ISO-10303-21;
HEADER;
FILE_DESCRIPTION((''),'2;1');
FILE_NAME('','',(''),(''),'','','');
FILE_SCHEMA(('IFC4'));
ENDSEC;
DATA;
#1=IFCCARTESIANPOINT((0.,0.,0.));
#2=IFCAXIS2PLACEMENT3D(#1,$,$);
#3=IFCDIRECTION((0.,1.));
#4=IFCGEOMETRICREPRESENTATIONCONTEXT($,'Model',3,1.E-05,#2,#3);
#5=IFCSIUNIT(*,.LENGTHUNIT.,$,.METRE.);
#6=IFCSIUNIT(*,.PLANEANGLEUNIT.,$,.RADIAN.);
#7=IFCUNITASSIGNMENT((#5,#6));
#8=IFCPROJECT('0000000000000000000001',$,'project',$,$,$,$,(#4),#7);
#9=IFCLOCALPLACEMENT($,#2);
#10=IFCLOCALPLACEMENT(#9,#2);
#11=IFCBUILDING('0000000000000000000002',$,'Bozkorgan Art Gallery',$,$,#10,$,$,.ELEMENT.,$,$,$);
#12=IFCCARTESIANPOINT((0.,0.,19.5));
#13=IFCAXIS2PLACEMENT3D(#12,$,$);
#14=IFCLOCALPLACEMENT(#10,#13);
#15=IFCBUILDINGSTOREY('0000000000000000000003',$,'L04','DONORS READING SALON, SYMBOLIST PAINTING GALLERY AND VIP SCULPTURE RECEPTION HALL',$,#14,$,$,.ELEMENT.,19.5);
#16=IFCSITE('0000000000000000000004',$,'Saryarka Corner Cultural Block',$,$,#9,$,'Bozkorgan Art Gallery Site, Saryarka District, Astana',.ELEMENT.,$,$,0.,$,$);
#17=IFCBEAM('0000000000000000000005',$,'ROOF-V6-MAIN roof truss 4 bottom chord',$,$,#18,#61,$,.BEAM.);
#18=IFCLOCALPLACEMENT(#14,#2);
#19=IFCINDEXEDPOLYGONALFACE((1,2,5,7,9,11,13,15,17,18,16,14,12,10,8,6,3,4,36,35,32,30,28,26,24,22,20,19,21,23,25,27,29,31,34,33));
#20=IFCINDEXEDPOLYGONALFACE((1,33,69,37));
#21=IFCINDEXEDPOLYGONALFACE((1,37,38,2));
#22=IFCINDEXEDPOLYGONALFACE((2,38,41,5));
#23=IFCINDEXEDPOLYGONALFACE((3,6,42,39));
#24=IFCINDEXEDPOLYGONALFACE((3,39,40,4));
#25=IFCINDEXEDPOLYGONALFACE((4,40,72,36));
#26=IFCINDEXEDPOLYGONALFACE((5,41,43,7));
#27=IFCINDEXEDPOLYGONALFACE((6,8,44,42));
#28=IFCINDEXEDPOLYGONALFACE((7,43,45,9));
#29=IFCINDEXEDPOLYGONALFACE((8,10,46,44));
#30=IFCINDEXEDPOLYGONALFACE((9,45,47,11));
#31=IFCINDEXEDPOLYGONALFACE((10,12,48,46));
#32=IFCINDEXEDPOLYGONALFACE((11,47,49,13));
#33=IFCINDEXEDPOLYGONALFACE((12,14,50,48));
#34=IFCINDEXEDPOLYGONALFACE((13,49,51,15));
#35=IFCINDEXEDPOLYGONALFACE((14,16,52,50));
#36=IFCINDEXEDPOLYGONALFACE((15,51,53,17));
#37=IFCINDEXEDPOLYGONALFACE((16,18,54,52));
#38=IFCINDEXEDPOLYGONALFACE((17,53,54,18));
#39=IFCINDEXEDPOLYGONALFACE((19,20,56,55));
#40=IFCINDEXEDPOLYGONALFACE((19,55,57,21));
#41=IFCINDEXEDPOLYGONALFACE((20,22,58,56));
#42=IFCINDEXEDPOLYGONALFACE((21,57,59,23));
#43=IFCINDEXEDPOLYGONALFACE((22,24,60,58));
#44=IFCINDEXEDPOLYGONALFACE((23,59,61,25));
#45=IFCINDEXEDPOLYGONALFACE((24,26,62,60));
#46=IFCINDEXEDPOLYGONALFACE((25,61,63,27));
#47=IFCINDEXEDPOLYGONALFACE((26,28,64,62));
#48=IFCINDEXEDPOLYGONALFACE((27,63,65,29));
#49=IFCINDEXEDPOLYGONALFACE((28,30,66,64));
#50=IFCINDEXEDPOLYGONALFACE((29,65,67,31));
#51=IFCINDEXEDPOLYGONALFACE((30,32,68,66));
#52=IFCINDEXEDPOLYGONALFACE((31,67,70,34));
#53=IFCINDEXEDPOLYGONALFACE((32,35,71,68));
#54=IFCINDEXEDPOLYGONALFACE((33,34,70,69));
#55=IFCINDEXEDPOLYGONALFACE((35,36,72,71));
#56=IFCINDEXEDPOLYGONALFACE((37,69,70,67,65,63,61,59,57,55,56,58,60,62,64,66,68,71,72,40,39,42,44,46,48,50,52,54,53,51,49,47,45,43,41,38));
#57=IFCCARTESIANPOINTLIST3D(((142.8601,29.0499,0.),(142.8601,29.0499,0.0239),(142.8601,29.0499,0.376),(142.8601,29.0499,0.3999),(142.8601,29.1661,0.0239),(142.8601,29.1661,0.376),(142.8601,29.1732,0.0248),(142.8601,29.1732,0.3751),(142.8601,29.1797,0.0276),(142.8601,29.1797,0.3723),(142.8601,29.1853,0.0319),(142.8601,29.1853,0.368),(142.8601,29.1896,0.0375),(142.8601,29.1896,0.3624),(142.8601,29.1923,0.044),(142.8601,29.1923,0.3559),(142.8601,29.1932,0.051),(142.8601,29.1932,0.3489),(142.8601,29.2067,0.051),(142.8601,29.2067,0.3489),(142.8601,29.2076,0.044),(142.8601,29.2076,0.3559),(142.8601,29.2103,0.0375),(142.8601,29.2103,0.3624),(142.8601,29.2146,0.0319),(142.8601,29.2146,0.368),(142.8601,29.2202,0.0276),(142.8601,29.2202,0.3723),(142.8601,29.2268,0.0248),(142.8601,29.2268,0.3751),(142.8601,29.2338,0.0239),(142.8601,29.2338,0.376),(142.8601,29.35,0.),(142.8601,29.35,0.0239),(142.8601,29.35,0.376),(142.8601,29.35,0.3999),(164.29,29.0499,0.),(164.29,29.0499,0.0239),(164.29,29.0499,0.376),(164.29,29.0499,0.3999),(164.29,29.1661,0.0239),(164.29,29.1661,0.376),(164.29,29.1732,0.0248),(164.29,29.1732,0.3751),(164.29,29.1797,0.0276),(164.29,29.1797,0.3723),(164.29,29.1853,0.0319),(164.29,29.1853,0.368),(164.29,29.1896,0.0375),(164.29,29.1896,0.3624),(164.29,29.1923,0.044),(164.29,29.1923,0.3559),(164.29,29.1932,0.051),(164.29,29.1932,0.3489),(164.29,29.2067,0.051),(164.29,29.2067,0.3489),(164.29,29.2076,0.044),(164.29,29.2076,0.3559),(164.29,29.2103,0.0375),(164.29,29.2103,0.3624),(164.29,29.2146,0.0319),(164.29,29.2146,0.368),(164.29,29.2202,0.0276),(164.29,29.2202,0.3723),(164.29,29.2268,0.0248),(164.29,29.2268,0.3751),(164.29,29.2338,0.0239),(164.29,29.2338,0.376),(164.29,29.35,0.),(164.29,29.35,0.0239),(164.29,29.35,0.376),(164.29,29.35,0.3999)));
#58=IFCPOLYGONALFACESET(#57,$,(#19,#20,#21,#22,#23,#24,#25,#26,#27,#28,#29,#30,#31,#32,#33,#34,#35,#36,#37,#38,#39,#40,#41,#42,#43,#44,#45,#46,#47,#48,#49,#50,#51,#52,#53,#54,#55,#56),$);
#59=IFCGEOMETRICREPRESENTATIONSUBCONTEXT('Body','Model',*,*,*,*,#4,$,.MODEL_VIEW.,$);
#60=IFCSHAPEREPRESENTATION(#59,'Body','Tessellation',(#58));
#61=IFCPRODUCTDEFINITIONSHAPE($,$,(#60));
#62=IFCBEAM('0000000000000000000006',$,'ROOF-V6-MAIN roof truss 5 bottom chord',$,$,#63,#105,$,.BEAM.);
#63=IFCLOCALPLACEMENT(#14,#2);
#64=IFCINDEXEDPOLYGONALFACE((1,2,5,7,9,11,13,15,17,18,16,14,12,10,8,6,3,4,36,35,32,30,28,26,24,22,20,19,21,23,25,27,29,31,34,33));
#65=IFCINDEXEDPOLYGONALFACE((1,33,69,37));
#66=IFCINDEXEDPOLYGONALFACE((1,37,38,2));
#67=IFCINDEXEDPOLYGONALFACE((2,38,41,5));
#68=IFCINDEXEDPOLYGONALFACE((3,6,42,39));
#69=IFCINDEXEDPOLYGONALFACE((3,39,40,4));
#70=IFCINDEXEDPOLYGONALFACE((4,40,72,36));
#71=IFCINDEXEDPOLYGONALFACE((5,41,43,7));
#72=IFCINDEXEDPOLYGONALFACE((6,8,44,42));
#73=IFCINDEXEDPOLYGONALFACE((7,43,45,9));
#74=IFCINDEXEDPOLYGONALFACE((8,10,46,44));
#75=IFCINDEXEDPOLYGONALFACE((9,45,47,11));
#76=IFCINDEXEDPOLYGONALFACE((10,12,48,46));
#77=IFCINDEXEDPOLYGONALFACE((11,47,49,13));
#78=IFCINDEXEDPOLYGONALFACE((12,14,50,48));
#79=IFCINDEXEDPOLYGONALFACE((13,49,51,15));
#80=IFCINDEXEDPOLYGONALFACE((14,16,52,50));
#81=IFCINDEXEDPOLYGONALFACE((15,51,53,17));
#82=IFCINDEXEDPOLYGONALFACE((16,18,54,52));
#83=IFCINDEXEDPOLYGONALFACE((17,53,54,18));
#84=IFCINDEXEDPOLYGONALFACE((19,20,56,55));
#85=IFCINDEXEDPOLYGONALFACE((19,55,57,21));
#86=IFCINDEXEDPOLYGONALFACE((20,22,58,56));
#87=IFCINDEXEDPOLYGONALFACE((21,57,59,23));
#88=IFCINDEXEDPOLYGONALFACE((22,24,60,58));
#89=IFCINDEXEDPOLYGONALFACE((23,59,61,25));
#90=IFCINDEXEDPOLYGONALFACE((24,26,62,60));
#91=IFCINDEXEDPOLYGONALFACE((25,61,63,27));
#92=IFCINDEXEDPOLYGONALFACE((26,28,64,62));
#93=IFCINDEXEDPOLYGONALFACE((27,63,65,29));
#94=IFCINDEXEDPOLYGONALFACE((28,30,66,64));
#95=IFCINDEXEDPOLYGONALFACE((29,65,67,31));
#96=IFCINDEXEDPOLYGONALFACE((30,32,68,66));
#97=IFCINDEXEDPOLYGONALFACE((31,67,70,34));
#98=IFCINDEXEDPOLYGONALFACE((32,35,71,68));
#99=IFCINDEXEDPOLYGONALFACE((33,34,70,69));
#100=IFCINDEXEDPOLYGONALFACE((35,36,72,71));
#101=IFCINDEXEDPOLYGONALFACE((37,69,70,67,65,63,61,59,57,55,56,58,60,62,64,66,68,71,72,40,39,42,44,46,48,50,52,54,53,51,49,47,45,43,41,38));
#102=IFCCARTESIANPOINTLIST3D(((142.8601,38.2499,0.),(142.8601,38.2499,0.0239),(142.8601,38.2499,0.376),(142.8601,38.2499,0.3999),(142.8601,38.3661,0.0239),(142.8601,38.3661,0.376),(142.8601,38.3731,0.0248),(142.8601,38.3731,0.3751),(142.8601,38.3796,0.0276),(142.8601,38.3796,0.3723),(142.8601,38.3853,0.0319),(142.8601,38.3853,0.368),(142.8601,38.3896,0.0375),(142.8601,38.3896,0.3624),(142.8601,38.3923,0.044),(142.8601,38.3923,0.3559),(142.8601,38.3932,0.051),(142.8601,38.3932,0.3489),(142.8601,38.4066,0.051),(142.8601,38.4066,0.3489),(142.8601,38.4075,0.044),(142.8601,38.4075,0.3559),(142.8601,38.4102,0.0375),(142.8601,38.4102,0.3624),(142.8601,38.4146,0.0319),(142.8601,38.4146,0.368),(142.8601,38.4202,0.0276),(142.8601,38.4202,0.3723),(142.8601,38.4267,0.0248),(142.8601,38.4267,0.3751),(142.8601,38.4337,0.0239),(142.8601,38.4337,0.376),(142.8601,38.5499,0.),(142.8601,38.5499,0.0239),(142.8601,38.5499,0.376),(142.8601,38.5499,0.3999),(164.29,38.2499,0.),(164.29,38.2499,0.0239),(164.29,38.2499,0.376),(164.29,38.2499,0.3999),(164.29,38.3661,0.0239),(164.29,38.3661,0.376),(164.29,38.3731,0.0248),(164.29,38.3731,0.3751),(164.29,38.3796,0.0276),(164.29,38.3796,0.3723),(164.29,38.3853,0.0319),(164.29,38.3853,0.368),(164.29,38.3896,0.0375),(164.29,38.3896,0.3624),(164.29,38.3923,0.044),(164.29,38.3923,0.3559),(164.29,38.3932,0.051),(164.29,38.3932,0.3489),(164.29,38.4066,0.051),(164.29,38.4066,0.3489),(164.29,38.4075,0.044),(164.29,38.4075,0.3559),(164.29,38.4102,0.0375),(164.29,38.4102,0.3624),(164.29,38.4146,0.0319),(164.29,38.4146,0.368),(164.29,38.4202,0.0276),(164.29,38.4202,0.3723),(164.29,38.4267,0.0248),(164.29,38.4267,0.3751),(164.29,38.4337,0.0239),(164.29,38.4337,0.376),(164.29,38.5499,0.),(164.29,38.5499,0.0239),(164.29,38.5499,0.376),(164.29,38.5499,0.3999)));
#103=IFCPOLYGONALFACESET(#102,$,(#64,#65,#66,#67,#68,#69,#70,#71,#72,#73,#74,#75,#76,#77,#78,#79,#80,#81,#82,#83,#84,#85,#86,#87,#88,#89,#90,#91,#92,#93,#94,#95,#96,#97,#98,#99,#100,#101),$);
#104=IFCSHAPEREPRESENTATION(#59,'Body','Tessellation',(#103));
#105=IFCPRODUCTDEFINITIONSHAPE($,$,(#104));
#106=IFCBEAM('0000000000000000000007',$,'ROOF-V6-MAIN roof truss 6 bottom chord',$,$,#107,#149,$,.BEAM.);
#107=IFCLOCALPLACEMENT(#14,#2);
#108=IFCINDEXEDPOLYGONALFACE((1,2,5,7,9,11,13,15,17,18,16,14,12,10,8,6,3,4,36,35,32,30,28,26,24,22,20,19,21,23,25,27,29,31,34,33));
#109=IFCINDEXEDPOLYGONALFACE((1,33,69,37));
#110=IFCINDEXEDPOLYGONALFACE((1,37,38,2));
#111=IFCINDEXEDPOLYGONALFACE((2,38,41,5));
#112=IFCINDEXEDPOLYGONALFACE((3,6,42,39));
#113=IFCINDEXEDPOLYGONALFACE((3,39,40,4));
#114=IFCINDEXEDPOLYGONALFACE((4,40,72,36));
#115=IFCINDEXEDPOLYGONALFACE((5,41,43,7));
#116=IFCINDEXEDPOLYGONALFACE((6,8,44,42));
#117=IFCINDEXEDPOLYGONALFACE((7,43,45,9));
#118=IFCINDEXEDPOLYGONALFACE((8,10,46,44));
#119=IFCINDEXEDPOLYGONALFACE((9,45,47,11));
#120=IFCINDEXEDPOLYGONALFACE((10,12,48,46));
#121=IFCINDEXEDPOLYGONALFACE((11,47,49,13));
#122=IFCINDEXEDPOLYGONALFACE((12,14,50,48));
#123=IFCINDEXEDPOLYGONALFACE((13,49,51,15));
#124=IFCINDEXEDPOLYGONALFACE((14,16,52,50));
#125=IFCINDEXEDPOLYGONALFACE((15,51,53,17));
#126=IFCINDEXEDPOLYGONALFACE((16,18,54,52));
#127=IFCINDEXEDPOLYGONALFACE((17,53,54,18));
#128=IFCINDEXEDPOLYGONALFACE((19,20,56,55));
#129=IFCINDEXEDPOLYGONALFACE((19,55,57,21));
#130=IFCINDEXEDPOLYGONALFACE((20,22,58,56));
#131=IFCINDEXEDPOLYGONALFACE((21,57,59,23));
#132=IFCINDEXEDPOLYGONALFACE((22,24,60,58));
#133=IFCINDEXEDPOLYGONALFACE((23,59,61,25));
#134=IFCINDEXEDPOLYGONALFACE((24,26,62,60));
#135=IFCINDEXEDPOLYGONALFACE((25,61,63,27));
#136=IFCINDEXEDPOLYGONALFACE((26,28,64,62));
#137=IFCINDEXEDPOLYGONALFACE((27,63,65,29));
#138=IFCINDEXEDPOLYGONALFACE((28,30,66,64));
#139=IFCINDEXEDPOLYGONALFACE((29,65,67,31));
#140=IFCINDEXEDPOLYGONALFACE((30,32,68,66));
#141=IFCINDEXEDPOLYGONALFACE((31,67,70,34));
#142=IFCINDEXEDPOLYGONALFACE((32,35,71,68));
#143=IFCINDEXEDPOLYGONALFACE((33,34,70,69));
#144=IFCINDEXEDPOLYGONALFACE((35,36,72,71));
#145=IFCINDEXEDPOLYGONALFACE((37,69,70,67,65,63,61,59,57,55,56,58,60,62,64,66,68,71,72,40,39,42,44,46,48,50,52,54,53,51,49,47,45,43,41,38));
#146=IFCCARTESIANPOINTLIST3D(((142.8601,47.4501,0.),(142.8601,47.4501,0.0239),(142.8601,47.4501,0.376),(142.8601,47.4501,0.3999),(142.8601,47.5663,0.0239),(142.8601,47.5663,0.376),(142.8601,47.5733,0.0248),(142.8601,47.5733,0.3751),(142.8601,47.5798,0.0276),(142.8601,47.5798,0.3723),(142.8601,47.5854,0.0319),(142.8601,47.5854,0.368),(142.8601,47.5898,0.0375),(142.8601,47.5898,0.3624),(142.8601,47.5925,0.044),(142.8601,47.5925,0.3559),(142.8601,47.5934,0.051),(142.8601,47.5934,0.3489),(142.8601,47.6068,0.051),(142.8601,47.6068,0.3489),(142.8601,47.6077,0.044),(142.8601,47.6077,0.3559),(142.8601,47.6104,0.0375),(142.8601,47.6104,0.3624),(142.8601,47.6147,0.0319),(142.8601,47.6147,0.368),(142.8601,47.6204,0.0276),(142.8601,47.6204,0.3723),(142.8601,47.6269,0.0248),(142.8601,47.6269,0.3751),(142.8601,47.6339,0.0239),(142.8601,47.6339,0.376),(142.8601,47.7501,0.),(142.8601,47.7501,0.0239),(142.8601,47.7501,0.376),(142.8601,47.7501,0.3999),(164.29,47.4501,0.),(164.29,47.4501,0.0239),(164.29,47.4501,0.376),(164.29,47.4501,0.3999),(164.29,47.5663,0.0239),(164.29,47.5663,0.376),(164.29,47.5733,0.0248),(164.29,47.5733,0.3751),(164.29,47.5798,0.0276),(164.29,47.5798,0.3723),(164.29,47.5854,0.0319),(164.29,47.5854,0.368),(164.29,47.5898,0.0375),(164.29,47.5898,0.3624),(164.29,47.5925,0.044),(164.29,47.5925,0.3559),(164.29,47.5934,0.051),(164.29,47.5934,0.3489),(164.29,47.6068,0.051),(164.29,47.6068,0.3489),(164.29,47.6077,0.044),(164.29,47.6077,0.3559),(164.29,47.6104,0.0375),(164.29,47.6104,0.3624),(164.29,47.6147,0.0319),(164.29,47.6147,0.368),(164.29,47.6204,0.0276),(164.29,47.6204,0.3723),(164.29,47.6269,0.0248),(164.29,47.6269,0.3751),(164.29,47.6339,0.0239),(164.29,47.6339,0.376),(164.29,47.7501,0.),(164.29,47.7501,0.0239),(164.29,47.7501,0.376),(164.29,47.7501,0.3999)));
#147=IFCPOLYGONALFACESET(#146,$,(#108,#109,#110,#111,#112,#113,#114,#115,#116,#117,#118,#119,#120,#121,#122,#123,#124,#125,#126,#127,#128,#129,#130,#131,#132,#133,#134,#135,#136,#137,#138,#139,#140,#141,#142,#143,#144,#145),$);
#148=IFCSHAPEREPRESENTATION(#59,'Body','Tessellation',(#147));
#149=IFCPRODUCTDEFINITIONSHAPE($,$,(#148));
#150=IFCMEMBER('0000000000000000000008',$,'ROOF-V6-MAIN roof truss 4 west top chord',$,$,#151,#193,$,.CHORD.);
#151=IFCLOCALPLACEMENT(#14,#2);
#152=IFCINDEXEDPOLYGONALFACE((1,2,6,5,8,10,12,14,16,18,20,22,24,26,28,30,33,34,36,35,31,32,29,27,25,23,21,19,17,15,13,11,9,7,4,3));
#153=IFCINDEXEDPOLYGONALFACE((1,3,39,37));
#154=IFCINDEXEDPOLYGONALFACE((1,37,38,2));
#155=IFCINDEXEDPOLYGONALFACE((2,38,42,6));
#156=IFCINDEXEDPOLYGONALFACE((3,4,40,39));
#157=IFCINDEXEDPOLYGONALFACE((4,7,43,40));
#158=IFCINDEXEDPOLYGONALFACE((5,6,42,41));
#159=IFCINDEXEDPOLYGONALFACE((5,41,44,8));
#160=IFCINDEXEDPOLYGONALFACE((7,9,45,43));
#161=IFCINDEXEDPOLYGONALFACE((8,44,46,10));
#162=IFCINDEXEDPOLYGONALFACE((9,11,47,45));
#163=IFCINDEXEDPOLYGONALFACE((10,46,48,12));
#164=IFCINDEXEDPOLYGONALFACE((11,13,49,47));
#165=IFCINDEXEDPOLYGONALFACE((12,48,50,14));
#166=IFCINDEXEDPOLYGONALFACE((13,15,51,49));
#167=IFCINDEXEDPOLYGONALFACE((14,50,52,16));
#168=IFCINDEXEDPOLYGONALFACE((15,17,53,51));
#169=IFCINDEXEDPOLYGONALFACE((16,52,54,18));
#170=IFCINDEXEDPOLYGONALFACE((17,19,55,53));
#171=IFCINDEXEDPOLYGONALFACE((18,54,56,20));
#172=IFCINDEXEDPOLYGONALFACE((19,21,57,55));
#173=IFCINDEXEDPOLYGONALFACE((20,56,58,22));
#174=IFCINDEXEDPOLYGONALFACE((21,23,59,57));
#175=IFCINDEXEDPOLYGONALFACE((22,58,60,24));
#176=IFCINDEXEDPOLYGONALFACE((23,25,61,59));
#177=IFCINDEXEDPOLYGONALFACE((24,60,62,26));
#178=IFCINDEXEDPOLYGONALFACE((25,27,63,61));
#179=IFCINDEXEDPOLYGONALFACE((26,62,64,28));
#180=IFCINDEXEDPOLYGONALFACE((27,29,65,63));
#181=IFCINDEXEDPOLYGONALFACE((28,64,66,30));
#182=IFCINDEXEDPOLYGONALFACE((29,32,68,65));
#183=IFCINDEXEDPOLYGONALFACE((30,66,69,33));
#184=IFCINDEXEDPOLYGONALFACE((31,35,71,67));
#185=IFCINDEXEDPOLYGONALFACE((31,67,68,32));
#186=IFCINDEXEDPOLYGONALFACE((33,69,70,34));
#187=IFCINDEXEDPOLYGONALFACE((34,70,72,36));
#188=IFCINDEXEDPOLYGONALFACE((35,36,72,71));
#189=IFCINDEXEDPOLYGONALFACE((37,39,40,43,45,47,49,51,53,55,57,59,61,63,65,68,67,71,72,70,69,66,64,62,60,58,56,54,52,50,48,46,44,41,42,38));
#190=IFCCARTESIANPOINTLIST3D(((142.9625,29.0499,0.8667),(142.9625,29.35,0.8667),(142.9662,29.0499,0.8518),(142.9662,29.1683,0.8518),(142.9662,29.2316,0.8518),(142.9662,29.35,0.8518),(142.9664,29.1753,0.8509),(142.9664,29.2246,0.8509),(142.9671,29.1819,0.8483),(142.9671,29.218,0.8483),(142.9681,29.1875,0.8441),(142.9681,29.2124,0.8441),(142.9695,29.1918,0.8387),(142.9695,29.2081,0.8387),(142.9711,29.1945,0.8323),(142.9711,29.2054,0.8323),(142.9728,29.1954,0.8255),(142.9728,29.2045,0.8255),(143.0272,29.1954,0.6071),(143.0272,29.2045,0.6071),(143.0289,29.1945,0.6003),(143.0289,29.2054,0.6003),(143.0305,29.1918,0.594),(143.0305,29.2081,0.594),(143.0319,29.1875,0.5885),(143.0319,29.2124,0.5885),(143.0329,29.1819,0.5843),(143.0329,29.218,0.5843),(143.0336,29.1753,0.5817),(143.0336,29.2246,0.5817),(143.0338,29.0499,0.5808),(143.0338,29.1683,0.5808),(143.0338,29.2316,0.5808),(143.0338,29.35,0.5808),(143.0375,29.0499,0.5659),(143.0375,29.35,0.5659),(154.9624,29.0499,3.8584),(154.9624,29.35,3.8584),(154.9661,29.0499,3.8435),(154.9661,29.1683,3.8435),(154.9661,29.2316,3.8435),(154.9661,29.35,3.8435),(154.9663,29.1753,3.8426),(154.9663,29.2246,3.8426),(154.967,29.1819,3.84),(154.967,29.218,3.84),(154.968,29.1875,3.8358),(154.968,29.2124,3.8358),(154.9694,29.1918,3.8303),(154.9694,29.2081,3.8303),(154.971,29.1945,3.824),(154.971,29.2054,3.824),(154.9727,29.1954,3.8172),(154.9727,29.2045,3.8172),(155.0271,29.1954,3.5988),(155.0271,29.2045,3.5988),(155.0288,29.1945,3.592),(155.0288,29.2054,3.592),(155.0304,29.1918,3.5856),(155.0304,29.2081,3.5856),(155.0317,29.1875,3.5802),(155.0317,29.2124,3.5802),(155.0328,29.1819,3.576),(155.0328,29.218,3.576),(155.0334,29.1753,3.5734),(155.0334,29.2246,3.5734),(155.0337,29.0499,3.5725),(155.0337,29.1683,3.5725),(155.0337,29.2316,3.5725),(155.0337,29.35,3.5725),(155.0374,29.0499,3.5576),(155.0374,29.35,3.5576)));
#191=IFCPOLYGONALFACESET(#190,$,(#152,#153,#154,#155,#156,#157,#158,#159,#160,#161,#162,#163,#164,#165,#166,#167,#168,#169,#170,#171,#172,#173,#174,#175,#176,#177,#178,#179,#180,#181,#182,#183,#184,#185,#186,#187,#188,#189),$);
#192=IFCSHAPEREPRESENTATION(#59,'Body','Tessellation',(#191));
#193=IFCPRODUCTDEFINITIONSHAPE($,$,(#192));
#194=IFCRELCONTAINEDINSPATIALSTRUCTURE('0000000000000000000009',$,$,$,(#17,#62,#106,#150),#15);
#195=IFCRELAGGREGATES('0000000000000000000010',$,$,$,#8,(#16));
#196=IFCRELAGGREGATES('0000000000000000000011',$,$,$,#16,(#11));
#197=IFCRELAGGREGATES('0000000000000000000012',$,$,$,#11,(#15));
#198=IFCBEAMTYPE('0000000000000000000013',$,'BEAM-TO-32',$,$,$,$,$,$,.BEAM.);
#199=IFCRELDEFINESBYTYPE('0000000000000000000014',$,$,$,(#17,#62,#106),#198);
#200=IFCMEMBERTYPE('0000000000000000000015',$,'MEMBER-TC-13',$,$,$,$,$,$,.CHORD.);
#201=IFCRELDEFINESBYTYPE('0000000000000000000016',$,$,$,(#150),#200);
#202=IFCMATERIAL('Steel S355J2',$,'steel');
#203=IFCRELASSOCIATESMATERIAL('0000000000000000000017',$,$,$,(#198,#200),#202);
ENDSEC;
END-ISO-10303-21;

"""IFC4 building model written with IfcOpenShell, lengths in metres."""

from ifc_helpers import new_model, si_unit, direction, frame, origin, origin_2d, place, context, subcontext, project, spatial, i_section, extrude, material, material_profile, profile_set, type_object, element, save


model = new_model("IFC4")

# Units and contexts
model_context = context("Model", 3, precision=1e-05, world=origin(), true_north=direction((0.0, 1.0)))
body_context = subcontext(model_context, "Body", "Model", "MODEL_VIEW")
ifc_project = project(units=[si_unit("LENGTHUNIT", "METRE"), si_unit("PLANEANGLEUNIT", "RADIAN")], contexts=[model_context])

# Site, building, storey
site_placement = place(None, origin())
site = spatial("IfcSite", under=ifc_project, at=site_placement, Name="Saryarka Corner Cultural Block", LongName="Bozkorgan Art Gallery Site, Saryarka District, Astana", CompositionType="ELEMENT", RefElevation=0.0)
building_placement = place(site_placement, origin())
building = spatial("IfcBuilding", under=site, at=building_placement, Name="Bozkorgan Art Gallery", CompositionType="ELEMENT")
storey_placement = place(building_placement, frame((0.0, 0.0, 19.5)))
storey = spatial("IfcBuildingStorey", under=building, at=storey_placement, Name="L04", Description="DONORS READING SALON, SYMBOLIST PAINTING GALLERY AND VIP SCULPTURE RECEPTION HALL", CompositionType="ELEMENT", Elevation=19.5)

# Beams
ifc_material_1 = material(Name="Steel S355J2", Category="steel")
ifc_material_profile_1 = material_profile(ifc_material_1, i_section(OverallWidth=0.3, OverallDepth=0.3999, WebThickness=0.0134, FlangeThickness=0.0239, FilletRadius=0.0271, at=origin_2d()), Name="HEB 400")
ifc_profile_set_1 = profile_set([ifc_material_profile_1], Name="Steel S355J2")
beam_type = type_object("IfcBeamType", Name="BEAM-TO-32", PredefinedType="BEAM", material=ifc_profile_set_1)
for number, where, z_axis, x_axis, name in (
    (1, (142.8601, 29.2, 0.2), (1.0, 0.0, 0.0), (0.0, 1.0, 0.0), "ROOF-V6-MAIN roof truss 4 bottom chord"),
    (2, (142.8601, 38.3999, 0.2), (1.0, 0.0, 0.0), (0.0, 1.0, 0.0), "ROOF-V6-MAIN roof truss 5 bottom chord"),
    (3, (142.8601, 47.6001, 0.2), (1.0, 0.0, 0.0), (0.0, 1.0, 0.0), "ROOF-V6-MAIN roof truss 6 bottom chord"),
):
    element("IfcBeam", number, at=place(storey_placement, frame(where, z_axis=z_axis, x_axis=x_axis)), inside=storey, type_object=beam_type, Name=name, PredefinedType="BEAM", context=body_context, shape_type="SweptSolid", body=[
        extrude(i_section(OverallWidth=0.3, OverallDepth=0.3999, WebThickness=0.0134, FlangeThickness=0.0239, FilletRadius=0.0271, at=origin_2d()), origin(), (0.0, 0.0, 1.0), 21.4299),
    ])

# Member
ifc_material_profile_2 = material_profile(ifc_material_1, i_section(OverallWidth=0.3, OverallDepth=0.3101, WebThickness=0.009, FlangeThickness=0.0154, FilletRadius=0.0271, at=origin_2d()), Name="HEA 320")
ifc_profile_set_2 = profile_set([ifc_material_profile_2], Name="Steel S355J2")
member_type_1 = type_object("IfcMemberType", Name="MEMBER-TC-13", PredefinedType="CHORD", material=ifc_profile_set_2)
member_1_placement = place(storey_placement, frame((143.0, 29.2, 0.7163), z_axis=(0.9703, 0.0, 0.241904), x_axis=(0.0, 1.0, 0.0)))
element("IfcMember", 4, at=member_1_placement, inside=storey, type_object=member_type_1, Name="ROOF-V6-MAIN roof truss 4 west top chord", PredefinedType="CHORD", context=body_context, shape_type="SweptSolid", body=[
    extrude(i_section(OverallWidth=0.3, OverallDepth=0.3101, WebThickness=0.009, FlangeThickness=0.0154, FilletRadius=0.0271, at=origin_2d()), origin(), (0.0, 0.0, 1.0), 12.3672),
])

save(model, "model.ifc")
